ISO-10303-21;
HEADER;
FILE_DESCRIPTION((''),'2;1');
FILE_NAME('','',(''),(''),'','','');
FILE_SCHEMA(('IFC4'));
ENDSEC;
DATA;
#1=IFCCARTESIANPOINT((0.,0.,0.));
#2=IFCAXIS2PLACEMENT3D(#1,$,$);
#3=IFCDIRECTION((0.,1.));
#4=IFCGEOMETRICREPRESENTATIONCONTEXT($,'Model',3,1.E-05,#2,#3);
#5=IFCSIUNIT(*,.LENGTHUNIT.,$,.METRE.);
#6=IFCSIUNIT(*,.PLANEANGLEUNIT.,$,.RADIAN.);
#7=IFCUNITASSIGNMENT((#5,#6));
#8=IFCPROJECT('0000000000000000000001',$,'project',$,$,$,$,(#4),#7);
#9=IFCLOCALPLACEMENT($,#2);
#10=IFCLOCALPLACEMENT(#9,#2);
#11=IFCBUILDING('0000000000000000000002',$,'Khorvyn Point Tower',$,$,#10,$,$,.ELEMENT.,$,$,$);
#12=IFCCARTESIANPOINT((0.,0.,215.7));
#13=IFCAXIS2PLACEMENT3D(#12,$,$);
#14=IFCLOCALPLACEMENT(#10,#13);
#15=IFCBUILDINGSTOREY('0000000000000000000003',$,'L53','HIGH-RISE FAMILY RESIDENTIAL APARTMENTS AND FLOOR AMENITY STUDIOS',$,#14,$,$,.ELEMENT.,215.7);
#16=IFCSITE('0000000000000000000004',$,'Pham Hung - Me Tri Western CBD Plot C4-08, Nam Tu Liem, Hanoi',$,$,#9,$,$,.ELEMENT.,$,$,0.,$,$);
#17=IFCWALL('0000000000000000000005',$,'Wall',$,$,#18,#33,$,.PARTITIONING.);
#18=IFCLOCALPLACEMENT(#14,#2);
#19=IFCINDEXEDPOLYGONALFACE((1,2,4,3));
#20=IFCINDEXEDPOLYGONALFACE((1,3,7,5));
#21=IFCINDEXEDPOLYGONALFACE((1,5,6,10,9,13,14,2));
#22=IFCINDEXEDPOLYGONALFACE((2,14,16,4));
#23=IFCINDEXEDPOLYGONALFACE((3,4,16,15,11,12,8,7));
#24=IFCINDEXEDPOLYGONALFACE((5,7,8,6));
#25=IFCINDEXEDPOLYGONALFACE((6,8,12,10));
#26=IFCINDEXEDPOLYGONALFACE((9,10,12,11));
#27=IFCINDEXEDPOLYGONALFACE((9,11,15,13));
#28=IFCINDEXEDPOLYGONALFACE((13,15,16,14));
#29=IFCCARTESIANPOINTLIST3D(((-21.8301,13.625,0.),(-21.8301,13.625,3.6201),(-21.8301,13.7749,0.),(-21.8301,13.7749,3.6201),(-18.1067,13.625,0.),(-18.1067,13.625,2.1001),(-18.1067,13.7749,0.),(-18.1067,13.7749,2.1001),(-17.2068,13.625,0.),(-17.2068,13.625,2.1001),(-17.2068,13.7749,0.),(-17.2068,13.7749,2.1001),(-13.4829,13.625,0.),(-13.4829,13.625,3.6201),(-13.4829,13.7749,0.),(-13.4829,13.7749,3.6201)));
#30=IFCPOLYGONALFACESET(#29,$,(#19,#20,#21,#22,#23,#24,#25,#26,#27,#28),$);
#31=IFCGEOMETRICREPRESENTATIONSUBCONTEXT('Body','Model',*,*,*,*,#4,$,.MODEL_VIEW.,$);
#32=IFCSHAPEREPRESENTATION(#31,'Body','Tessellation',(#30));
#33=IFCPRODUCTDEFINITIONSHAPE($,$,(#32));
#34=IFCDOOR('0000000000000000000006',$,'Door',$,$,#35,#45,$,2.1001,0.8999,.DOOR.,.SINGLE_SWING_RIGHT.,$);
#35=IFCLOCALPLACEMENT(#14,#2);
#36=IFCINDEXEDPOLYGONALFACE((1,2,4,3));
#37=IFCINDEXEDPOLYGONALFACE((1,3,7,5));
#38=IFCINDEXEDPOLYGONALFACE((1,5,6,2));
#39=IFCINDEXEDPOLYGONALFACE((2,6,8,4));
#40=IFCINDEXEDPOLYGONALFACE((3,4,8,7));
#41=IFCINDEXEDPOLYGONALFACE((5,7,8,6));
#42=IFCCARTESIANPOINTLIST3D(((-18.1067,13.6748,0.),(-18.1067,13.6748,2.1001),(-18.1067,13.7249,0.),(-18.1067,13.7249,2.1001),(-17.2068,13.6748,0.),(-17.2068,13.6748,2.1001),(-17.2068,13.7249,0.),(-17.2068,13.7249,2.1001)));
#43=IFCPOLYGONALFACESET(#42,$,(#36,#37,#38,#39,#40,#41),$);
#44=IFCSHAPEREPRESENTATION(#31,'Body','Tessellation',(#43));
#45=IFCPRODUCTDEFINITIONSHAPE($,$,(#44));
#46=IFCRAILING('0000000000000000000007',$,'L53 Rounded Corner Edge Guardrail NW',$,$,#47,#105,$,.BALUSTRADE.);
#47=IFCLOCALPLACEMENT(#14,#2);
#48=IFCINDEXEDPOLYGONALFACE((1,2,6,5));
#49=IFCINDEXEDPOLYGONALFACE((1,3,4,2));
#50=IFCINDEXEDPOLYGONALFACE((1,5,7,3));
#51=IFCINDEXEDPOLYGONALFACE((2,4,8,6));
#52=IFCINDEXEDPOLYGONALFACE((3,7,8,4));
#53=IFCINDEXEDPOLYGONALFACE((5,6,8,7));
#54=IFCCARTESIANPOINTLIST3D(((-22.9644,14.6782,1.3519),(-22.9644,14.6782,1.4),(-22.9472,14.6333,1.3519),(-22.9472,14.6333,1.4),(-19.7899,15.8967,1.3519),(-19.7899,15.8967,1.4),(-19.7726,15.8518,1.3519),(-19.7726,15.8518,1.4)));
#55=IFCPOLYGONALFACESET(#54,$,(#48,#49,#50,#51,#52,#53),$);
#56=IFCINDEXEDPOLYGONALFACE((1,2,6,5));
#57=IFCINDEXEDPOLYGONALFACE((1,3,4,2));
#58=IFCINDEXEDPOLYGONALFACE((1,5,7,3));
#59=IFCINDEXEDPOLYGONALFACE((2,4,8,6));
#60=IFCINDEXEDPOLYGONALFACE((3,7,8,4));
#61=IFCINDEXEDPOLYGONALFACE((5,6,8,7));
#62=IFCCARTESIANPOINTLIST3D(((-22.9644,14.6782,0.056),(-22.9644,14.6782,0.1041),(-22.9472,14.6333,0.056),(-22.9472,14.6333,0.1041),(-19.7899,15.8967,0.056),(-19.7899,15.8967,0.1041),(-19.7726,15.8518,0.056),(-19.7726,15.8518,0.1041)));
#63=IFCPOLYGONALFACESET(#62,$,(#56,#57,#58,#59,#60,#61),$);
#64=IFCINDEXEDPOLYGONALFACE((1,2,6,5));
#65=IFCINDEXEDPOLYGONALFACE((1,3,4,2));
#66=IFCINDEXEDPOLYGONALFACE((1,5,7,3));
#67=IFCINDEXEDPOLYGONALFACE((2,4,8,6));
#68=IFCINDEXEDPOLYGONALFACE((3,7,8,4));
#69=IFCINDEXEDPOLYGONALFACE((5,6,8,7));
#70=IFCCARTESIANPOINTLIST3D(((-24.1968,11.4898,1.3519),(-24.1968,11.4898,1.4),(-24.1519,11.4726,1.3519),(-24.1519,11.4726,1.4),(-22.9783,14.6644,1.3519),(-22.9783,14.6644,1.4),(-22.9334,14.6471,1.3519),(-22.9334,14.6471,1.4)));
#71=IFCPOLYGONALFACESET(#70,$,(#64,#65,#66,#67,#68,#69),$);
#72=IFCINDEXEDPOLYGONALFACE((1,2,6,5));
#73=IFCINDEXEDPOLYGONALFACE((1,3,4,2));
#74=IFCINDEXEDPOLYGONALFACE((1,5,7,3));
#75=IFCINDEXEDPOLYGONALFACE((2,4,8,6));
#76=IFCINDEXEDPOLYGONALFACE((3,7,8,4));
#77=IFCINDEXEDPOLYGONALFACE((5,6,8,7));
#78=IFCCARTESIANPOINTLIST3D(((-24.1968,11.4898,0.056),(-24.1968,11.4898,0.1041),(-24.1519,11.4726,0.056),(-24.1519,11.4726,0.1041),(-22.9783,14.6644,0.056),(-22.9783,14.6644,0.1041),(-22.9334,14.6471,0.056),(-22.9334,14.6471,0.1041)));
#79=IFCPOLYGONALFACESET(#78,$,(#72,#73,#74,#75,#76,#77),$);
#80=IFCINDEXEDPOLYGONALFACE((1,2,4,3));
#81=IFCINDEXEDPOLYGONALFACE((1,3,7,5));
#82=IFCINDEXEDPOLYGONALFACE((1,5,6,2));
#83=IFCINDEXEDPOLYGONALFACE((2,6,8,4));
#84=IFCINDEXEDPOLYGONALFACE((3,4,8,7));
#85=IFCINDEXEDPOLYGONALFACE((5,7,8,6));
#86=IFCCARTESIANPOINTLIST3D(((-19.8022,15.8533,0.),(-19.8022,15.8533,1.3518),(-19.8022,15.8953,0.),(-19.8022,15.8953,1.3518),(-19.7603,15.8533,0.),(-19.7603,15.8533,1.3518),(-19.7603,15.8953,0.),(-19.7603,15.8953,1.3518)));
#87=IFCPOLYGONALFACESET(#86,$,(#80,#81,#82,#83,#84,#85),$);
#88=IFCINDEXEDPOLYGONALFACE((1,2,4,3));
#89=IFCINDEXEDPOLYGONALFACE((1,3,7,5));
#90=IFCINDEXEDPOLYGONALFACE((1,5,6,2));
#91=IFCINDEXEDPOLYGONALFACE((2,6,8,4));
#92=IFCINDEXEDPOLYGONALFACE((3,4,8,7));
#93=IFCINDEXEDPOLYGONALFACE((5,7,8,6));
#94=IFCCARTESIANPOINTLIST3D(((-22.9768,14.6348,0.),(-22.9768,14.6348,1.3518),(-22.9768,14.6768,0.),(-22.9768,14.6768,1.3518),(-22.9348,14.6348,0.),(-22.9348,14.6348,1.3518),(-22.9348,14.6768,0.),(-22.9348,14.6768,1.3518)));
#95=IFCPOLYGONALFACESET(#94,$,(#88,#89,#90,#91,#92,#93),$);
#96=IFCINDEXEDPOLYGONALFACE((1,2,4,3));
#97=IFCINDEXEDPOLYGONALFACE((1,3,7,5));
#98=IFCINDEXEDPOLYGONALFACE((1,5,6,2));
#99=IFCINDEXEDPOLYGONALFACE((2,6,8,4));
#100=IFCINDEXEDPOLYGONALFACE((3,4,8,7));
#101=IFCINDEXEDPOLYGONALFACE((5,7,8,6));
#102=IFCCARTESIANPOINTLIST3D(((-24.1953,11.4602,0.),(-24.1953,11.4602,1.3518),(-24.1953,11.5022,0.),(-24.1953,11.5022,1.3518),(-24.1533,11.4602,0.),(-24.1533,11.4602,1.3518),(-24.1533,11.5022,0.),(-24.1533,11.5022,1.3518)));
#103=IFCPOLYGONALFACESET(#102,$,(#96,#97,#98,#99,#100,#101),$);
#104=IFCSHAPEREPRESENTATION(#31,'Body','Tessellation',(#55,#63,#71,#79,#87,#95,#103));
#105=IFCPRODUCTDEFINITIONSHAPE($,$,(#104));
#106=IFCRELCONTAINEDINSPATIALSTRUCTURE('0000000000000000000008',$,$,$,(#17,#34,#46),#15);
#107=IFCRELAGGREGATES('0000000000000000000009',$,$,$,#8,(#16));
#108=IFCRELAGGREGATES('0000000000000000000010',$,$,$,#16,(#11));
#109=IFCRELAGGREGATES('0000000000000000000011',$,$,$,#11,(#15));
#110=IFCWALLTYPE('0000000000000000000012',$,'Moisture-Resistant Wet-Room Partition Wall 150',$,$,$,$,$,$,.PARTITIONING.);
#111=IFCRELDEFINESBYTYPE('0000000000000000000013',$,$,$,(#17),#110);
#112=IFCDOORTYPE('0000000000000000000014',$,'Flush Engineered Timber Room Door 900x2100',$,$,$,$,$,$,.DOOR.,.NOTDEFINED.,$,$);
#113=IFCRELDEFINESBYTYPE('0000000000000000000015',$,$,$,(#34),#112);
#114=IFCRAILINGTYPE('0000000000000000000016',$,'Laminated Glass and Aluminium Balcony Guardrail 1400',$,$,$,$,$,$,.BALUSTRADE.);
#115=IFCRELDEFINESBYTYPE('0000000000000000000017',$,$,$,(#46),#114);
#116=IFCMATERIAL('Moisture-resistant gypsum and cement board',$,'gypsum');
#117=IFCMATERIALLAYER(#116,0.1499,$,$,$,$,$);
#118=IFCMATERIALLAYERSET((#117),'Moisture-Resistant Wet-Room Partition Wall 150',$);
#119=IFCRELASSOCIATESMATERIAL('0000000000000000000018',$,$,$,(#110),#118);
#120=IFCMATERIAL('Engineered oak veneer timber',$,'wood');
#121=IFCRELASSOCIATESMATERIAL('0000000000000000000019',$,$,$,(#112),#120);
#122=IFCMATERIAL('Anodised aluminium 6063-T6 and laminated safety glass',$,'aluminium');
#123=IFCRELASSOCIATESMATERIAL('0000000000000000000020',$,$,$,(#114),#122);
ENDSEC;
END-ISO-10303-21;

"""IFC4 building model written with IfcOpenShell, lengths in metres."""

from ifc_helpers import new_model, si_unit, direction, frame, frame_2d, origin, origin_2d, place, context, subcontext, project, spatial, rectangle, extrude, material, layer, layer_set, type_object, element, fill, save


model = new_model("IFC4")

# Units and contexts
model_context = context("Model", 3, precision=1e-05, world=origin(), true_north=direction((0.0, 1.0)))
body_context = subcontext(model_context, "Body", "Model", "MODEL_VIEW")
ifc_project = project(units=[si_unit("LENGTHUNIT", "METRE"), si_unit("PLANEANGLEUNIT", "RADIAN")], contexts=[model_context])

# Site, building, storey
site_placement = place(None, origin())
site = spatial("IfcSite", under=ifc_project, at=site_placement, Name="Pham Hung - Me Tri Western CBD Plot C4-08, Nam Tu Liem, Hanoi", CompositionType="ELEMENT", RefElevation=0.0)
building_placement = place(site_placement, origin())
building = spatial("IfcBuilding", under=site, at=building_placement, Name="Khorvyn Point Tower", CompositionType="ELEMENT")
storey_placement = place(building_placement, frame((0.0, 0.0, 215.7)))
storey = spatial("IfcBuildingStorey", under=building, at=storey_placement, Name="L53", Description="HIGH-RISE FAMILY RESIDENTIAL APARTMENTS AND FLOOR AMENITY STUDIOS", CompositionType="ELEMENT", Elevation=215.7)

# Wall, opening, door
ifc_material_1 = material(Name="Moisture-resistant gypsum and cement board", Category="gypsum")
ifc_layer_1 = layer(ifc_material_1, 0.1499)
ifc_layer_set_1 = layer_set([ifc_layer_1], Name="Moisture-Resistant Wet-Room Partition Wall 150")
wall_type_1 = type_object("IfcWallType", Name="Moisture-Resistant Wet-Room Partition Wall 150", PredefinedType="PARTITIONING", material=ifc_layer_set_1)
wall_1_placement = place(storey_placement, frame((-21.8301, 13.7, 0.0), z_axis=(0.0, 0.0, 1.0), x_axis=(1.0, 0.0, 0.0)))
wall_1 = element("IfcWall", 1, at=wall_1_placement, inside=storey, type_object=wall_type_1, Name="Wall", PredefinedType="PARTITIONING", context=body_context, shape_type="SweptSolid", body=[
    extrude(rectangle(XDim=8.3472, YDim=0.1499, at=frame_2d((4.1736, 0.0))), origin(), (0.0, 0.0, 1.0), 3.6201),
])
opening_1_placement = place(wall_1_placement, frame((3.7234, 0.0, 0.0)))
opening_1 = element("IfcOpeningElement", 2, at=opening_1_placement, cuts=wall_1, PredefinedType="OPENING", context=body_context, shape_type="SweptSolid", body=[
    extrude(rectangle(XDim=0.8999, YDim=2.1001, at=frame_2d((0.45, 1.05))), frame((0.0, 0.085, 0.0), z_axis=(0.0, -1.0, 0.0), x_axis=(1.0, 0.0, 0.0)), (0.0, 0.0, 1.0), 0.1699),
])
ifc_material_2 = material(Name="Engineered oak veneer timber", Category="wood")
door_type = type_object("IfcDoorType", Name="Flush Engineered Timber Room Door 900x2100", OperationType="NOTDEFINED", PredefinedType="DOOR", material=ifc_material_2)
door_placement = place(opening_1_placement, origin())
door = element("IfcDoor", 3, at=door_placement, inside=storey, type_object=door_type, Name="Door", OperationType="SINGLE_SWING_RIGHT", OverallHeight=2.1001, OverallWidth=0.8999, PredefinedType="DOOR", context=body_context, shape_type="SweptSolid", body=[
    extrude(rectangle(XDim=0.8999, YDim=2.1001, at=frame_2d((0.45, 1.05))), frame((0.0, 0.0249, 0.0), z_axis=(0.0, -1.0, 0.0), x_axis=(1.0, 0.0, 0.0)), (0.0, 0.0, 1.0), 0.05),
])
fill(opening_1, door)

# Railing
ifc_material_3 = material(Name="Anodised aluminium 6063-T6 and laminated safety glass", Category="aluminium")
railing_type = type_object("IfcRailingType", Name="Laminated Glass and Aluminium Balcony Guardrail 1400", PredefinedType="BALUSTRADE", material=ifc_material_3)
railing_1_placement = place(storey_placement, frame((-19.7812, 15.8743, 0.0)))
element("IfcRailing", 4, at=railing_1_placement, inside=storey, type_object=railing_type, Name="L53 Rounded Corner Edge Guardrail NW", PredefinedType="BALUSTRADE", context=body_context, shape_type="SweptSolid", body=[
    extrude(rectangle(XDim=0.0481, YDim=0.0481, at=origin_2d()), frame((0.0, 0.0, 1.376), z_axis=(-0.93359, -0.358344, 0.0), x_axis=(0.358344, -0.93359, 0.0)), (0.0, 0.0, 1.0), 3.4004),
    extrude(rectangle(XDim=0.0481, YDim=0.0481, at=origin_2d()), frame((0.0, 0.0, 0.0801), z_axis=(-0.93359, -0.358344, 0.0), x_axis=(0.358344, -0.93359, 0.0)), (0.0, 0.0, 1.0), 3.4004),
    extrude(rectangle(XDim=0.0481, YDim=0.0481, at=origin_2d()), frame((-3.1746, -1.2185, 1.376), z_axis=(-0.358344, -0.93359, 0.0), x_axis=(0.93359, -0.358344, 0.0)), (0.0, 0.0, 1.0), 3.4004),
    extrude(rectangle(XDim=0.0481, YDim=0.0481, at=origin_2d()), frame((-3.1746, -1.2185, 0.0801), z_axis=(-0.358344, -0.93359, 0.0), x_axis=(0.93359, -0.358344, 0.0)), (0.0, 0.0, 1.0), 3.4004),
    extrude(rectangle(XDim=0.042, YDim=0.042, at=origin_2d()), origin(), (0.0, 0.0, 1.0), 1.3518),
    extrude(rectangle(XDim=0.042, YDim=0.042, at=origin_2d()), frame((-3.1746, -1.2185, 0.0)), (0.0, 0.0, 1.0), 1.3518),
    extrude(rectangle(XDim=0.042, YDim=0.042, at=origin_2d()), frame((-4.3931, -4.3931, 0.0)), (0.0, 0.0, 1.0), 1.3518),
])

save(model, "model.ifc")
